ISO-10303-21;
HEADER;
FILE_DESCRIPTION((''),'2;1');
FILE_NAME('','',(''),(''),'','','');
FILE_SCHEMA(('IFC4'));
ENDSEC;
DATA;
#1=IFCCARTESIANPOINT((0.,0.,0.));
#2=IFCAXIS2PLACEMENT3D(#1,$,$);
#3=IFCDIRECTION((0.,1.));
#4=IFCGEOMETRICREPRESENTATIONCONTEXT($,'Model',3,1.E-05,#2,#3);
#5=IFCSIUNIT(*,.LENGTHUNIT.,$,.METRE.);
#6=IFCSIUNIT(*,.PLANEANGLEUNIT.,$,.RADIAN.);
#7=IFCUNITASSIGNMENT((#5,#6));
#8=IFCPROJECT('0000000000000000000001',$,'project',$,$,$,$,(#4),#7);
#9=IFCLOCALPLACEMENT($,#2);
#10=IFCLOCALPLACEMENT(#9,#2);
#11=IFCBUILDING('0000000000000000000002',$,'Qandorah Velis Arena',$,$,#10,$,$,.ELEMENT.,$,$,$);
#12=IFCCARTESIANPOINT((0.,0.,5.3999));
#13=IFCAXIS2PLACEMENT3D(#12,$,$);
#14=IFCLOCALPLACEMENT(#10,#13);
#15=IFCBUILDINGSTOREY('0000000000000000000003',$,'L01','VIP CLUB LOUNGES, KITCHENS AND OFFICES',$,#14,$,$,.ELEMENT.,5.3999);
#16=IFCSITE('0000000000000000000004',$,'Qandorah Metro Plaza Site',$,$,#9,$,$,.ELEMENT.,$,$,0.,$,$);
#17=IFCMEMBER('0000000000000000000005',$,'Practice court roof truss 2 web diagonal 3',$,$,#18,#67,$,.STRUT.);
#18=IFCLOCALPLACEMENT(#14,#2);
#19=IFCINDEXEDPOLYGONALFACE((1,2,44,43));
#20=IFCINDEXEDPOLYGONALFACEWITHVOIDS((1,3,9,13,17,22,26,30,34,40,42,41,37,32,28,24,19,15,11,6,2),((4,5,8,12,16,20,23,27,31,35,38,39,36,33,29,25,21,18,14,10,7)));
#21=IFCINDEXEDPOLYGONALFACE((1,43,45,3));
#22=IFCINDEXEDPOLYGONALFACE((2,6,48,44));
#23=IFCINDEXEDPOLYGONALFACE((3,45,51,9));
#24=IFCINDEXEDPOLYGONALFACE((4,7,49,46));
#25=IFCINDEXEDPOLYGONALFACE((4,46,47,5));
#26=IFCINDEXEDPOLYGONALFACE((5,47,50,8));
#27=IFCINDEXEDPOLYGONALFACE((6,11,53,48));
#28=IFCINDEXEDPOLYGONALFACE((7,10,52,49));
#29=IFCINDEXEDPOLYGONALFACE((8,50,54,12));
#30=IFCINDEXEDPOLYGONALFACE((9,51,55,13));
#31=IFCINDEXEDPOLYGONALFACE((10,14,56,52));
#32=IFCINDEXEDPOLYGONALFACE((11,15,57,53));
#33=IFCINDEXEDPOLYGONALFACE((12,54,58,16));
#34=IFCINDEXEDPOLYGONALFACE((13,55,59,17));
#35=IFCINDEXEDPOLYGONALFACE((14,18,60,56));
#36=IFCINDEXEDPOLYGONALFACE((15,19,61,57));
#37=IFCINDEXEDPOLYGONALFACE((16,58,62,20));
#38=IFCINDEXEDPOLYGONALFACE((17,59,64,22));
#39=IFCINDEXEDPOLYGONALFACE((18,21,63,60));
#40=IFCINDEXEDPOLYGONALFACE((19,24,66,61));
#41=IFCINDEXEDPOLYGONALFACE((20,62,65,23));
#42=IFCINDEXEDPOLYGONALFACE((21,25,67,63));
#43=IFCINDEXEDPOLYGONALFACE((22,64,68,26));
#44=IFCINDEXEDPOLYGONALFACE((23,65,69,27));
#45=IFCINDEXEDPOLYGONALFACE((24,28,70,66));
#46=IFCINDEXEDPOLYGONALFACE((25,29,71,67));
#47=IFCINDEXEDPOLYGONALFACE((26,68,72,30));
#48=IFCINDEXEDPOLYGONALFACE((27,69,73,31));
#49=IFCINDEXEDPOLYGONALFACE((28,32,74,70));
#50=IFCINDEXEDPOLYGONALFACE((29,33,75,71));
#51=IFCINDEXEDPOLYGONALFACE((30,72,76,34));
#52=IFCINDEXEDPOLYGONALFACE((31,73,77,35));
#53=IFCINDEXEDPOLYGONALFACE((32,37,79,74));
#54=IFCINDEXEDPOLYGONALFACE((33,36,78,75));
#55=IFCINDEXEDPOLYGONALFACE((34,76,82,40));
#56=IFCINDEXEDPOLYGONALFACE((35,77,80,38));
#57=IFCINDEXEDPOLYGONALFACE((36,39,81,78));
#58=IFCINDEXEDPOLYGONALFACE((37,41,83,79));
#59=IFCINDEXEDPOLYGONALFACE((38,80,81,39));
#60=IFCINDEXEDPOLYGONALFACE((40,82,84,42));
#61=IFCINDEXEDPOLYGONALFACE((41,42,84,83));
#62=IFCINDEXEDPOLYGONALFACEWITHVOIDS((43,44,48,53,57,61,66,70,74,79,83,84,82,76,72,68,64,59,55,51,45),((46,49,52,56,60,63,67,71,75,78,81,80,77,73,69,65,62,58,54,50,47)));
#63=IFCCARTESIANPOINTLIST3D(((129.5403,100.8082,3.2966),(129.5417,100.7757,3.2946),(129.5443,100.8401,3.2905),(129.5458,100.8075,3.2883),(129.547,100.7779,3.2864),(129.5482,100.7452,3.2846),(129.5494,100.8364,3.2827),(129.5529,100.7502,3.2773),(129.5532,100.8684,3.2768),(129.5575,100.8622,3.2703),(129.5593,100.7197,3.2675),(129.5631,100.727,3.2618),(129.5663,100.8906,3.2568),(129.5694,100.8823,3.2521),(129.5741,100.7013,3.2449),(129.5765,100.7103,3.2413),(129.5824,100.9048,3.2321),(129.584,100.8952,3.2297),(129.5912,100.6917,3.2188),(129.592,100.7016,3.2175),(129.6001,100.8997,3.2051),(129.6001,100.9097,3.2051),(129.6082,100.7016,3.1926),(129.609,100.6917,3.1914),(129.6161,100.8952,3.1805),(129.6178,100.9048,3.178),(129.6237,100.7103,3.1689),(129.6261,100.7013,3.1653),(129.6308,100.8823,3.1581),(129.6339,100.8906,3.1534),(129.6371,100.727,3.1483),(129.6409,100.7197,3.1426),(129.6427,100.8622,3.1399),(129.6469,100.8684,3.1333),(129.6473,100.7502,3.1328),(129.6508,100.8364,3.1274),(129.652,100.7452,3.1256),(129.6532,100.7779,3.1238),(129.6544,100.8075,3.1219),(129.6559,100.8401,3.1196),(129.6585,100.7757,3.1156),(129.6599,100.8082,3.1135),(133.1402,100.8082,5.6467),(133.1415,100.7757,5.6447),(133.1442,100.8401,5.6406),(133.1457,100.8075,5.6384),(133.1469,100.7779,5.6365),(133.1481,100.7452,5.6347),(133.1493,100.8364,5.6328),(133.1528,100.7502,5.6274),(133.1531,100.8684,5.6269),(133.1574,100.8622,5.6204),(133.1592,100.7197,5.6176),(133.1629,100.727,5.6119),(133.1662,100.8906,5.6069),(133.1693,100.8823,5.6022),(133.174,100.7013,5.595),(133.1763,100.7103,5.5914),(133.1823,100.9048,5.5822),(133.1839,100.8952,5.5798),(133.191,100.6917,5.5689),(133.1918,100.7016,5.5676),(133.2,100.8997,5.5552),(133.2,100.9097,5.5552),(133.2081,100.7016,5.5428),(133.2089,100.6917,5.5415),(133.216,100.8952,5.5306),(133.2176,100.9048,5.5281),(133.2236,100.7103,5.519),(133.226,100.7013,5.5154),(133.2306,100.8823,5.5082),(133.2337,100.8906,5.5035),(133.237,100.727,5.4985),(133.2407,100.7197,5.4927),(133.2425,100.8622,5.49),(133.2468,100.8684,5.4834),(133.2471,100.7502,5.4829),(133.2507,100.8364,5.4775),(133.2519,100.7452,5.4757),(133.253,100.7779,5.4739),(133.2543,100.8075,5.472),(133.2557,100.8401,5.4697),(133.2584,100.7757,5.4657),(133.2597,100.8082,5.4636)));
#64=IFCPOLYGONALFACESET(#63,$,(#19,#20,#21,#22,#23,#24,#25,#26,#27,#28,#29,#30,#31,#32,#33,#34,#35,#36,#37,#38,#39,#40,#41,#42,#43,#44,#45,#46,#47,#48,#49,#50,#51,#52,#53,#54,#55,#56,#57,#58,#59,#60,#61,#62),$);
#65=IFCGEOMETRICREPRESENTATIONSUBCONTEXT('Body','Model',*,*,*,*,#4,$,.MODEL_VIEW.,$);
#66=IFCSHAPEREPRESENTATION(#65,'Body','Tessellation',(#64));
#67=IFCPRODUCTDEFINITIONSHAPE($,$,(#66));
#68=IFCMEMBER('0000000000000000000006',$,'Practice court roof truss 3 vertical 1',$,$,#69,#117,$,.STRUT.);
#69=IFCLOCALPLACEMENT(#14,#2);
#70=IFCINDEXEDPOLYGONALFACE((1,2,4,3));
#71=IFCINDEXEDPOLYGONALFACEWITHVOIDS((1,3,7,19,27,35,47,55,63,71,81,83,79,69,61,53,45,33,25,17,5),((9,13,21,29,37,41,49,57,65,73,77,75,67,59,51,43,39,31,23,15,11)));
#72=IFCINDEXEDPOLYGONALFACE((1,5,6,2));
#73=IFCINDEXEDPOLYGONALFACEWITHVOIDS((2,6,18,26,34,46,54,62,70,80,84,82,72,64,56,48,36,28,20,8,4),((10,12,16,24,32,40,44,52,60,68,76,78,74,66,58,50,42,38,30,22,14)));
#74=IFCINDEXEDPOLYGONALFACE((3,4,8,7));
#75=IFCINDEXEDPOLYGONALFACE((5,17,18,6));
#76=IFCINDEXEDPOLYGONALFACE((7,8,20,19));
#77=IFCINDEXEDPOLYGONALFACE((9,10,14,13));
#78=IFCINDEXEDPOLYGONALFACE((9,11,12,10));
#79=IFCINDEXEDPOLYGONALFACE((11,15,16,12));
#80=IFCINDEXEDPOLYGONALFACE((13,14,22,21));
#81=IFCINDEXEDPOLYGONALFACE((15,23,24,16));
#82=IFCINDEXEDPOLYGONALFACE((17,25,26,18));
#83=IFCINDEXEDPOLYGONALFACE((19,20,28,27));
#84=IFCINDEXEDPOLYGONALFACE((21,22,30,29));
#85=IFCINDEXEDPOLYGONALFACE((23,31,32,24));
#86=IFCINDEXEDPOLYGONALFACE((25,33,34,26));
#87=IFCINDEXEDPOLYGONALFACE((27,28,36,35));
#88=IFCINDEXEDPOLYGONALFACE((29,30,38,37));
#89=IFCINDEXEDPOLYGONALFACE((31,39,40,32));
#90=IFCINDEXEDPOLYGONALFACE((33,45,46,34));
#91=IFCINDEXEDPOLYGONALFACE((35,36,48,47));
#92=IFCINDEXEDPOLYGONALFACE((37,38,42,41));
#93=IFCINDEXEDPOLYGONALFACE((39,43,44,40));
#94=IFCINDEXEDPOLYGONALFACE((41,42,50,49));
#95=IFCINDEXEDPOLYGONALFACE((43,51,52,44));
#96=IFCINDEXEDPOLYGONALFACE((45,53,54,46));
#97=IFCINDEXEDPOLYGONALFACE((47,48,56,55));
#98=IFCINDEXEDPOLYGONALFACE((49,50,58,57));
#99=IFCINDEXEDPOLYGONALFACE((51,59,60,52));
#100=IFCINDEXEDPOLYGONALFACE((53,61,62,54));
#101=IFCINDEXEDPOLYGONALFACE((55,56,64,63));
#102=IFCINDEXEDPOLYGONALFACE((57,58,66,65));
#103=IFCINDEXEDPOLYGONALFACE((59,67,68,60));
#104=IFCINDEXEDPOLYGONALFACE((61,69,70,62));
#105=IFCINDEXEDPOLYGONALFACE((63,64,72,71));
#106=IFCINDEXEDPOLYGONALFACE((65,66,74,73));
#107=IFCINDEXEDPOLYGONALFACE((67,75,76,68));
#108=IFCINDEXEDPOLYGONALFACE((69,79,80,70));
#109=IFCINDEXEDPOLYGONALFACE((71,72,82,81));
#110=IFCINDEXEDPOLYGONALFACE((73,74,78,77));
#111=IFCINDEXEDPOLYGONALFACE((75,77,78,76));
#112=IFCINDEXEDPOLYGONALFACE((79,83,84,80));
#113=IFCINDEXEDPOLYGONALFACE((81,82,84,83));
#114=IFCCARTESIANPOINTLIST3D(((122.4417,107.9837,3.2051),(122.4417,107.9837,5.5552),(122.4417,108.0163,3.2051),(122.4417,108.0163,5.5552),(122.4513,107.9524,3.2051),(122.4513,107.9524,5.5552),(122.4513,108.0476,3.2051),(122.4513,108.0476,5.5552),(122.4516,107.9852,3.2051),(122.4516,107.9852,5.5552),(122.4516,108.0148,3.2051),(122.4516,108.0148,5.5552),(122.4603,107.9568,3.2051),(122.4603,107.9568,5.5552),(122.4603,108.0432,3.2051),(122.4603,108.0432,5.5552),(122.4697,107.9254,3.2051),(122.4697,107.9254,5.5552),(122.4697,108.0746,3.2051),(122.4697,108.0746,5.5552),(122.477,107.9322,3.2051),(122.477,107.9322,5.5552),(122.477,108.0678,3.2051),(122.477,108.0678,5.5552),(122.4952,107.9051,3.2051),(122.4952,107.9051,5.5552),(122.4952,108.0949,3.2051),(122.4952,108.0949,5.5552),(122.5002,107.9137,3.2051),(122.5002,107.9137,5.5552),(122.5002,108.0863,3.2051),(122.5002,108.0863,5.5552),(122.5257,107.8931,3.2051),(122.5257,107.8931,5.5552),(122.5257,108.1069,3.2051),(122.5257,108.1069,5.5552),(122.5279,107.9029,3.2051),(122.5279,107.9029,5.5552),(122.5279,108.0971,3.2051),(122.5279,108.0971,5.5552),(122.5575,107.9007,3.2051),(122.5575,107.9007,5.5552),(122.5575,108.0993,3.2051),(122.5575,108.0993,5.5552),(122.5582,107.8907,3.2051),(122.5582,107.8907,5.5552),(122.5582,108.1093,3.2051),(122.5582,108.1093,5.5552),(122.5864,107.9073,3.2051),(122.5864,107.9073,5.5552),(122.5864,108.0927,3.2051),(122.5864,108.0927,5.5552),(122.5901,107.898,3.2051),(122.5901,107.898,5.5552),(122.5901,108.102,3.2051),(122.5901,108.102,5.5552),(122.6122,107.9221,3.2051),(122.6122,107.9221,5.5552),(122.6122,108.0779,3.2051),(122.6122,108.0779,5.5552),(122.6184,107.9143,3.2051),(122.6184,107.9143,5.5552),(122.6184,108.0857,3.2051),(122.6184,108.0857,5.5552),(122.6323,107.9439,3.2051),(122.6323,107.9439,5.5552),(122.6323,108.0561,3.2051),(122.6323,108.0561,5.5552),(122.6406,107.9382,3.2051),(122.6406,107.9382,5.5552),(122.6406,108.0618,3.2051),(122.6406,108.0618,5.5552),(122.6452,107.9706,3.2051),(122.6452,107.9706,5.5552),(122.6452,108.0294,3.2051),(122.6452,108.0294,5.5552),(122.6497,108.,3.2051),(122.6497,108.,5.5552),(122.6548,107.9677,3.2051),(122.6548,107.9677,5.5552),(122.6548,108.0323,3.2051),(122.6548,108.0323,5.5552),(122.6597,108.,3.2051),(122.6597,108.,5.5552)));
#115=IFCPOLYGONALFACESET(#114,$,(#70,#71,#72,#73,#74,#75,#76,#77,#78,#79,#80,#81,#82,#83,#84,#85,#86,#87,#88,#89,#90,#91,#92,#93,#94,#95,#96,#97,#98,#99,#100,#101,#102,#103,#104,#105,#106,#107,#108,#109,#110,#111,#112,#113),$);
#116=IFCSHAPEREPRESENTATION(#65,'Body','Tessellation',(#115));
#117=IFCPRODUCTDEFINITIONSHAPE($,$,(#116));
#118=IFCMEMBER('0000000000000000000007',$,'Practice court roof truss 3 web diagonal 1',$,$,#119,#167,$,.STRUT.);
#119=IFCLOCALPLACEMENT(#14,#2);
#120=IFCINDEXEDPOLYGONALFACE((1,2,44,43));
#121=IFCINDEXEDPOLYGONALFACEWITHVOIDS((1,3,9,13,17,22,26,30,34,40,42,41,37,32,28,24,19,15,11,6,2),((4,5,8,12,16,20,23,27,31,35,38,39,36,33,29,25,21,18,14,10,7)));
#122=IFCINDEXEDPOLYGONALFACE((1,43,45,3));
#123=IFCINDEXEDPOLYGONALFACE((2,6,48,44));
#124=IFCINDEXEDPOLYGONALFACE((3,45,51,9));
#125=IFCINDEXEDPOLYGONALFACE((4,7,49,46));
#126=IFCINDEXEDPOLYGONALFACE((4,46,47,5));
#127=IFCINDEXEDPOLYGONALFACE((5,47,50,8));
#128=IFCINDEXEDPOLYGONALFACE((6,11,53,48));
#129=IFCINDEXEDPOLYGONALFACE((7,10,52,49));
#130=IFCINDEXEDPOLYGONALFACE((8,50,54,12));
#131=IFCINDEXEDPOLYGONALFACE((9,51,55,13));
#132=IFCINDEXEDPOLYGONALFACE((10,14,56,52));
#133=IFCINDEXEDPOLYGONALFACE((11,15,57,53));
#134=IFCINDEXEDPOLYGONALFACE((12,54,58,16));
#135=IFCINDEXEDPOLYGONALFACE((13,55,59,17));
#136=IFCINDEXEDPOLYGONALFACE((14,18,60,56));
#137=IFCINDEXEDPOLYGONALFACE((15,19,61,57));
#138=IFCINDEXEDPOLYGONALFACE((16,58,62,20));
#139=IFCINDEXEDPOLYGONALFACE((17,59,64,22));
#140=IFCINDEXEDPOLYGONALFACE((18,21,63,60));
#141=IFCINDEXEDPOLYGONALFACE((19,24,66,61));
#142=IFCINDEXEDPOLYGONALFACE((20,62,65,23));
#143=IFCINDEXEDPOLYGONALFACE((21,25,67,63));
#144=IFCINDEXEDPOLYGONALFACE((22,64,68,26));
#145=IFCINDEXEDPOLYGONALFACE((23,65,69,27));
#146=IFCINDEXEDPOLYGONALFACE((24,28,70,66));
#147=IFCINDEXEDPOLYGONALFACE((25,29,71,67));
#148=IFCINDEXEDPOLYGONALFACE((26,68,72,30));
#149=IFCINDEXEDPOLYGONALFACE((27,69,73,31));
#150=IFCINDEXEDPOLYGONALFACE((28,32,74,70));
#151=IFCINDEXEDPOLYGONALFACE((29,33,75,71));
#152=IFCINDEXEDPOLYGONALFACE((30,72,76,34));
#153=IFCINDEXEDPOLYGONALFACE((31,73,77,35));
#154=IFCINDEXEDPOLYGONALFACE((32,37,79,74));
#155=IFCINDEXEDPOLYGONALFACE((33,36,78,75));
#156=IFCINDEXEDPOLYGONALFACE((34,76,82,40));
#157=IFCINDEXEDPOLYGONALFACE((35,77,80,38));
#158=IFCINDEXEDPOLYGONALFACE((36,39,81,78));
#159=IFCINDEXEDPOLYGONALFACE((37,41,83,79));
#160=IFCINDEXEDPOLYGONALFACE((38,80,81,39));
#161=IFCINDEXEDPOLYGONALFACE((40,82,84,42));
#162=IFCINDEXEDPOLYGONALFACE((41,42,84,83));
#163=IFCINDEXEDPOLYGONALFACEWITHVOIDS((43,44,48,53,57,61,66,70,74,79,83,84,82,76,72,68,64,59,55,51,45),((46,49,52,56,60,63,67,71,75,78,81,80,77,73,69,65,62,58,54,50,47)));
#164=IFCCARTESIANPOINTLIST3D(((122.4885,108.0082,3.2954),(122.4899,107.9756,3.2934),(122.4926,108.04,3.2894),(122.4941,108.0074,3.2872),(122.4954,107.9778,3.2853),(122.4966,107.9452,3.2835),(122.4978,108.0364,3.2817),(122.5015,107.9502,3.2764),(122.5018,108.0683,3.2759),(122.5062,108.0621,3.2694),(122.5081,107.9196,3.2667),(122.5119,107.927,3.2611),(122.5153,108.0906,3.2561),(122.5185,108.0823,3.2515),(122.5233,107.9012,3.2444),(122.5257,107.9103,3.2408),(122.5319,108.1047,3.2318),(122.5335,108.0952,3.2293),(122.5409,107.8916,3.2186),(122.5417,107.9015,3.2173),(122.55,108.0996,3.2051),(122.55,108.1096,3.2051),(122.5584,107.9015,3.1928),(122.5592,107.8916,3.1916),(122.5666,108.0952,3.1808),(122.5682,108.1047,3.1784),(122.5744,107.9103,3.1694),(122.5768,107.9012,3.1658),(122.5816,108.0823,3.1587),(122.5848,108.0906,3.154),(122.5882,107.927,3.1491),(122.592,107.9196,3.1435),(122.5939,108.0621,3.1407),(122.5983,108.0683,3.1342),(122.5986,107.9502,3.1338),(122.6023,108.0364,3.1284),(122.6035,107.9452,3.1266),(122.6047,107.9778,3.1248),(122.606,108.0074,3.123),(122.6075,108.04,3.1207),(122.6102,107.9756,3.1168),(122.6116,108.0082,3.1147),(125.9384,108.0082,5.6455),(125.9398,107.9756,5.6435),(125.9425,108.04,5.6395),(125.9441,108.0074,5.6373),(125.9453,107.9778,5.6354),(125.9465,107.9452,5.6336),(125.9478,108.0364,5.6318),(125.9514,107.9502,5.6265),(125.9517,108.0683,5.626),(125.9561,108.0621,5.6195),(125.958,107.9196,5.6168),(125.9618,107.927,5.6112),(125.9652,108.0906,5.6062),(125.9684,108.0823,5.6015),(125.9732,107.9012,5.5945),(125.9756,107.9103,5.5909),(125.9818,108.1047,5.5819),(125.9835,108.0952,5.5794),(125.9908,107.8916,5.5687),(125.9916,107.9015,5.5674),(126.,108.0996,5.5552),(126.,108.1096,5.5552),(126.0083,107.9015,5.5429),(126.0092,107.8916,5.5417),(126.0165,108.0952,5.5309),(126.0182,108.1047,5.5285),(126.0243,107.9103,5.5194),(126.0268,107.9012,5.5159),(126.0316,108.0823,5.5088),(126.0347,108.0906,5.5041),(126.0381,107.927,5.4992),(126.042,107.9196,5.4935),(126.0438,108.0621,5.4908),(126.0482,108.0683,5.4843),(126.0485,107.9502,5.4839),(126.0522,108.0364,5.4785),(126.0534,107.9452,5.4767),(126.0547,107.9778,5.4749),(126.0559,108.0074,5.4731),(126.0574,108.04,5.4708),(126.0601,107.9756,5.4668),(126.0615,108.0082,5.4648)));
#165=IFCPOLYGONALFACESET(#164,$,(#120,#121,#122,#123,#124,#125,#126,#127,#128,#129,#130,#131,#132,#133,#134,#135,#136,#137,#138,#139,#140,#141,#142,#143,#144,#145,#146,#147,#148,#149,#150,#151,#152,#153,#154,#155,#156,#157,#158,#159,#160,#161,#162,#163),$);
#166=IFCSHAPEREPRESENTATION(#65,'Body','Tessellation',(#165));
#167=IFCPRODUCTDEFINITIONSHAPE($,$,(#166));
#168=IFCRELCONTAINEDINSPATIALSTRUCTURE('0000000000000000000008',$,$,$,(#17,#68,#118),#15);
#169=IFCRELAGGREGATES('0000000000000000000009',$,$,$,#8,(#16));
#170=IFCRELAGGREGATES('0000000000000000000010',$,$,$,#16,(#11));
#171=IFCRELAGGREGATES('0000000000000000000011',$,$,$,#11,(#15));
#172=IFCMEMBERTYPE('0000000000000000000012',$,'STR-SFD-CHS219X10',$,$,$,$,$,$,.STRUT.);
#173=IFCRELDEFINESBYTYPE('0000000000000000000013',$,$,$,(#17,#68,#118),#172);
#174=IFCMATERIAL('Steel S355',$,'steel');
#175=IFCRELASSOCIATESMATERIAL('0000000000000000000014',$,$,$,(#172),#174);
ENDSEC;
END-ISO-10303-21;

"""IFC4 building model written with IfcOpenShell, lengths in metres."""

from ifc_helpers import new_model, si_unit, direction, frame, origin, origin_2d, place, context, subcontext, project, spatial, hollow_circle, extrude, material, material_profile, profile_set, type_object, element, save


model = new_model("IFC4")

# Units and contexts
model_context = context("Model", 3, precision=1e-05, world=origin(), true_north=direction((0.0, 1.0)))
body_context = subcontext(model_context, "Body", "Model", "MODEL_VIEW")
ifc_project = project(units=[si_unit("LENGTHUNIT", "METRE"), si_unit("PLANEANGLEUNIT", "RADIAN")], contexts=[model_context])

# Site, building, storey
site_placement = place(None, origin())
site = spatial("IfcSite", under=ifc_project, at=site_placement, Name="Qandorah Metro Plaza Site", CompositionType="ELEMENT", RefElevation=0.0)
building_placement = place(site_placement, origin())
building = spatial("IfcBuilding", under=site, at=building_placement, Name="Qandorah Velis Arena", CompositionType="ELEMENT")
storey_placement = place(building_placement, frame((0.0, 0.0, 5.3999)))
storey = spatial("IfcBuildingStorey", under=building, at=storey_placement, Name="L01", Description="VIP CLUB LOUNGES, KITCHENS AND OFFICES", CompositionType="ELEMENT", Elevation=5.3999)

# Shared definitions
ifc_material_1 = material(Name="Steel S355", Category="steel")

# Members
ifc_material_profile_1 = material_profile(ifc_material_1, hollow_circle(Radius=0.1096, WallThickness=0.01, at=origin_2d()), Name="CHS 219.1x10")
ifc_profile_set_1 = profile_set([ifc_material_profile_1], Name="Steel S355")
member_type = type_object("IfcMemberType", Name="STR-SFD-CHS219X10", PredefinedType="STRUT", material=ifc_profile_set_1)
member_1_placement = place(storey_placement, frame((129.6001, 100.8, 3.2051), z_axis=(0.837359, 0.0, 0.546654), x_axis=(0.0, 1.0, 0.0)))
element("IfcMember", 1, at=member_1_placement, inside=storey, type_object=member_type, Name="Practice court roof truss 2 web diagonal 3", PredefinedType="STRUT", context=body_context, shape_type="SweptSolid", body=[
    extrude(hollow_circle(Radius=0.1096, WallThickness=0.01, at=origin_2d()), origin(), (0.0, 0.0, 1.0), 4.2991),
])
member_2_placement = place(storey_placement, frame((122.55, 108.0, 3.2051), z_axis=(0.0, 0.0, 1.0), x_axis=(1.0, 0.0, 0.0)))
element("IfcMember", 2, at=member_2_placement, inside=storey, type_object=member_type, Name="Practice court roof truss 3 vertical 1", PredefinedType="STRUT", context=body_context, shape_type="SweptSolid", body=[
    extrude(hollow_circle(Radius=0.1096, WallThickness=0.01, at=origin_2d()), origin(), (0.0, 0.0, 1.0), 2.3501),
])
member_3_placement = place(storey_placement, frame((122.55, 108.0, 3.2051), z_axis=(0.826466, 0.0, 0.562987), x_axis=(0.0, 1.0, 0.0)))
element("IfcMember", 3, at=member_3_placement, inside=storey, type_object=member_type, Name="Practice court roof truss 3 web diagonal 1", PredefinedType="STRUT", context=body_context, shape_type="SweptSolid", body=[
    extrude(hollow_circle(Radius=0.1096, WallThickness=0.01, at=origin_2d()), origin(), (0.0, 0.0, 1.0), 4.1743),
])

save(model, "model.ifc")
